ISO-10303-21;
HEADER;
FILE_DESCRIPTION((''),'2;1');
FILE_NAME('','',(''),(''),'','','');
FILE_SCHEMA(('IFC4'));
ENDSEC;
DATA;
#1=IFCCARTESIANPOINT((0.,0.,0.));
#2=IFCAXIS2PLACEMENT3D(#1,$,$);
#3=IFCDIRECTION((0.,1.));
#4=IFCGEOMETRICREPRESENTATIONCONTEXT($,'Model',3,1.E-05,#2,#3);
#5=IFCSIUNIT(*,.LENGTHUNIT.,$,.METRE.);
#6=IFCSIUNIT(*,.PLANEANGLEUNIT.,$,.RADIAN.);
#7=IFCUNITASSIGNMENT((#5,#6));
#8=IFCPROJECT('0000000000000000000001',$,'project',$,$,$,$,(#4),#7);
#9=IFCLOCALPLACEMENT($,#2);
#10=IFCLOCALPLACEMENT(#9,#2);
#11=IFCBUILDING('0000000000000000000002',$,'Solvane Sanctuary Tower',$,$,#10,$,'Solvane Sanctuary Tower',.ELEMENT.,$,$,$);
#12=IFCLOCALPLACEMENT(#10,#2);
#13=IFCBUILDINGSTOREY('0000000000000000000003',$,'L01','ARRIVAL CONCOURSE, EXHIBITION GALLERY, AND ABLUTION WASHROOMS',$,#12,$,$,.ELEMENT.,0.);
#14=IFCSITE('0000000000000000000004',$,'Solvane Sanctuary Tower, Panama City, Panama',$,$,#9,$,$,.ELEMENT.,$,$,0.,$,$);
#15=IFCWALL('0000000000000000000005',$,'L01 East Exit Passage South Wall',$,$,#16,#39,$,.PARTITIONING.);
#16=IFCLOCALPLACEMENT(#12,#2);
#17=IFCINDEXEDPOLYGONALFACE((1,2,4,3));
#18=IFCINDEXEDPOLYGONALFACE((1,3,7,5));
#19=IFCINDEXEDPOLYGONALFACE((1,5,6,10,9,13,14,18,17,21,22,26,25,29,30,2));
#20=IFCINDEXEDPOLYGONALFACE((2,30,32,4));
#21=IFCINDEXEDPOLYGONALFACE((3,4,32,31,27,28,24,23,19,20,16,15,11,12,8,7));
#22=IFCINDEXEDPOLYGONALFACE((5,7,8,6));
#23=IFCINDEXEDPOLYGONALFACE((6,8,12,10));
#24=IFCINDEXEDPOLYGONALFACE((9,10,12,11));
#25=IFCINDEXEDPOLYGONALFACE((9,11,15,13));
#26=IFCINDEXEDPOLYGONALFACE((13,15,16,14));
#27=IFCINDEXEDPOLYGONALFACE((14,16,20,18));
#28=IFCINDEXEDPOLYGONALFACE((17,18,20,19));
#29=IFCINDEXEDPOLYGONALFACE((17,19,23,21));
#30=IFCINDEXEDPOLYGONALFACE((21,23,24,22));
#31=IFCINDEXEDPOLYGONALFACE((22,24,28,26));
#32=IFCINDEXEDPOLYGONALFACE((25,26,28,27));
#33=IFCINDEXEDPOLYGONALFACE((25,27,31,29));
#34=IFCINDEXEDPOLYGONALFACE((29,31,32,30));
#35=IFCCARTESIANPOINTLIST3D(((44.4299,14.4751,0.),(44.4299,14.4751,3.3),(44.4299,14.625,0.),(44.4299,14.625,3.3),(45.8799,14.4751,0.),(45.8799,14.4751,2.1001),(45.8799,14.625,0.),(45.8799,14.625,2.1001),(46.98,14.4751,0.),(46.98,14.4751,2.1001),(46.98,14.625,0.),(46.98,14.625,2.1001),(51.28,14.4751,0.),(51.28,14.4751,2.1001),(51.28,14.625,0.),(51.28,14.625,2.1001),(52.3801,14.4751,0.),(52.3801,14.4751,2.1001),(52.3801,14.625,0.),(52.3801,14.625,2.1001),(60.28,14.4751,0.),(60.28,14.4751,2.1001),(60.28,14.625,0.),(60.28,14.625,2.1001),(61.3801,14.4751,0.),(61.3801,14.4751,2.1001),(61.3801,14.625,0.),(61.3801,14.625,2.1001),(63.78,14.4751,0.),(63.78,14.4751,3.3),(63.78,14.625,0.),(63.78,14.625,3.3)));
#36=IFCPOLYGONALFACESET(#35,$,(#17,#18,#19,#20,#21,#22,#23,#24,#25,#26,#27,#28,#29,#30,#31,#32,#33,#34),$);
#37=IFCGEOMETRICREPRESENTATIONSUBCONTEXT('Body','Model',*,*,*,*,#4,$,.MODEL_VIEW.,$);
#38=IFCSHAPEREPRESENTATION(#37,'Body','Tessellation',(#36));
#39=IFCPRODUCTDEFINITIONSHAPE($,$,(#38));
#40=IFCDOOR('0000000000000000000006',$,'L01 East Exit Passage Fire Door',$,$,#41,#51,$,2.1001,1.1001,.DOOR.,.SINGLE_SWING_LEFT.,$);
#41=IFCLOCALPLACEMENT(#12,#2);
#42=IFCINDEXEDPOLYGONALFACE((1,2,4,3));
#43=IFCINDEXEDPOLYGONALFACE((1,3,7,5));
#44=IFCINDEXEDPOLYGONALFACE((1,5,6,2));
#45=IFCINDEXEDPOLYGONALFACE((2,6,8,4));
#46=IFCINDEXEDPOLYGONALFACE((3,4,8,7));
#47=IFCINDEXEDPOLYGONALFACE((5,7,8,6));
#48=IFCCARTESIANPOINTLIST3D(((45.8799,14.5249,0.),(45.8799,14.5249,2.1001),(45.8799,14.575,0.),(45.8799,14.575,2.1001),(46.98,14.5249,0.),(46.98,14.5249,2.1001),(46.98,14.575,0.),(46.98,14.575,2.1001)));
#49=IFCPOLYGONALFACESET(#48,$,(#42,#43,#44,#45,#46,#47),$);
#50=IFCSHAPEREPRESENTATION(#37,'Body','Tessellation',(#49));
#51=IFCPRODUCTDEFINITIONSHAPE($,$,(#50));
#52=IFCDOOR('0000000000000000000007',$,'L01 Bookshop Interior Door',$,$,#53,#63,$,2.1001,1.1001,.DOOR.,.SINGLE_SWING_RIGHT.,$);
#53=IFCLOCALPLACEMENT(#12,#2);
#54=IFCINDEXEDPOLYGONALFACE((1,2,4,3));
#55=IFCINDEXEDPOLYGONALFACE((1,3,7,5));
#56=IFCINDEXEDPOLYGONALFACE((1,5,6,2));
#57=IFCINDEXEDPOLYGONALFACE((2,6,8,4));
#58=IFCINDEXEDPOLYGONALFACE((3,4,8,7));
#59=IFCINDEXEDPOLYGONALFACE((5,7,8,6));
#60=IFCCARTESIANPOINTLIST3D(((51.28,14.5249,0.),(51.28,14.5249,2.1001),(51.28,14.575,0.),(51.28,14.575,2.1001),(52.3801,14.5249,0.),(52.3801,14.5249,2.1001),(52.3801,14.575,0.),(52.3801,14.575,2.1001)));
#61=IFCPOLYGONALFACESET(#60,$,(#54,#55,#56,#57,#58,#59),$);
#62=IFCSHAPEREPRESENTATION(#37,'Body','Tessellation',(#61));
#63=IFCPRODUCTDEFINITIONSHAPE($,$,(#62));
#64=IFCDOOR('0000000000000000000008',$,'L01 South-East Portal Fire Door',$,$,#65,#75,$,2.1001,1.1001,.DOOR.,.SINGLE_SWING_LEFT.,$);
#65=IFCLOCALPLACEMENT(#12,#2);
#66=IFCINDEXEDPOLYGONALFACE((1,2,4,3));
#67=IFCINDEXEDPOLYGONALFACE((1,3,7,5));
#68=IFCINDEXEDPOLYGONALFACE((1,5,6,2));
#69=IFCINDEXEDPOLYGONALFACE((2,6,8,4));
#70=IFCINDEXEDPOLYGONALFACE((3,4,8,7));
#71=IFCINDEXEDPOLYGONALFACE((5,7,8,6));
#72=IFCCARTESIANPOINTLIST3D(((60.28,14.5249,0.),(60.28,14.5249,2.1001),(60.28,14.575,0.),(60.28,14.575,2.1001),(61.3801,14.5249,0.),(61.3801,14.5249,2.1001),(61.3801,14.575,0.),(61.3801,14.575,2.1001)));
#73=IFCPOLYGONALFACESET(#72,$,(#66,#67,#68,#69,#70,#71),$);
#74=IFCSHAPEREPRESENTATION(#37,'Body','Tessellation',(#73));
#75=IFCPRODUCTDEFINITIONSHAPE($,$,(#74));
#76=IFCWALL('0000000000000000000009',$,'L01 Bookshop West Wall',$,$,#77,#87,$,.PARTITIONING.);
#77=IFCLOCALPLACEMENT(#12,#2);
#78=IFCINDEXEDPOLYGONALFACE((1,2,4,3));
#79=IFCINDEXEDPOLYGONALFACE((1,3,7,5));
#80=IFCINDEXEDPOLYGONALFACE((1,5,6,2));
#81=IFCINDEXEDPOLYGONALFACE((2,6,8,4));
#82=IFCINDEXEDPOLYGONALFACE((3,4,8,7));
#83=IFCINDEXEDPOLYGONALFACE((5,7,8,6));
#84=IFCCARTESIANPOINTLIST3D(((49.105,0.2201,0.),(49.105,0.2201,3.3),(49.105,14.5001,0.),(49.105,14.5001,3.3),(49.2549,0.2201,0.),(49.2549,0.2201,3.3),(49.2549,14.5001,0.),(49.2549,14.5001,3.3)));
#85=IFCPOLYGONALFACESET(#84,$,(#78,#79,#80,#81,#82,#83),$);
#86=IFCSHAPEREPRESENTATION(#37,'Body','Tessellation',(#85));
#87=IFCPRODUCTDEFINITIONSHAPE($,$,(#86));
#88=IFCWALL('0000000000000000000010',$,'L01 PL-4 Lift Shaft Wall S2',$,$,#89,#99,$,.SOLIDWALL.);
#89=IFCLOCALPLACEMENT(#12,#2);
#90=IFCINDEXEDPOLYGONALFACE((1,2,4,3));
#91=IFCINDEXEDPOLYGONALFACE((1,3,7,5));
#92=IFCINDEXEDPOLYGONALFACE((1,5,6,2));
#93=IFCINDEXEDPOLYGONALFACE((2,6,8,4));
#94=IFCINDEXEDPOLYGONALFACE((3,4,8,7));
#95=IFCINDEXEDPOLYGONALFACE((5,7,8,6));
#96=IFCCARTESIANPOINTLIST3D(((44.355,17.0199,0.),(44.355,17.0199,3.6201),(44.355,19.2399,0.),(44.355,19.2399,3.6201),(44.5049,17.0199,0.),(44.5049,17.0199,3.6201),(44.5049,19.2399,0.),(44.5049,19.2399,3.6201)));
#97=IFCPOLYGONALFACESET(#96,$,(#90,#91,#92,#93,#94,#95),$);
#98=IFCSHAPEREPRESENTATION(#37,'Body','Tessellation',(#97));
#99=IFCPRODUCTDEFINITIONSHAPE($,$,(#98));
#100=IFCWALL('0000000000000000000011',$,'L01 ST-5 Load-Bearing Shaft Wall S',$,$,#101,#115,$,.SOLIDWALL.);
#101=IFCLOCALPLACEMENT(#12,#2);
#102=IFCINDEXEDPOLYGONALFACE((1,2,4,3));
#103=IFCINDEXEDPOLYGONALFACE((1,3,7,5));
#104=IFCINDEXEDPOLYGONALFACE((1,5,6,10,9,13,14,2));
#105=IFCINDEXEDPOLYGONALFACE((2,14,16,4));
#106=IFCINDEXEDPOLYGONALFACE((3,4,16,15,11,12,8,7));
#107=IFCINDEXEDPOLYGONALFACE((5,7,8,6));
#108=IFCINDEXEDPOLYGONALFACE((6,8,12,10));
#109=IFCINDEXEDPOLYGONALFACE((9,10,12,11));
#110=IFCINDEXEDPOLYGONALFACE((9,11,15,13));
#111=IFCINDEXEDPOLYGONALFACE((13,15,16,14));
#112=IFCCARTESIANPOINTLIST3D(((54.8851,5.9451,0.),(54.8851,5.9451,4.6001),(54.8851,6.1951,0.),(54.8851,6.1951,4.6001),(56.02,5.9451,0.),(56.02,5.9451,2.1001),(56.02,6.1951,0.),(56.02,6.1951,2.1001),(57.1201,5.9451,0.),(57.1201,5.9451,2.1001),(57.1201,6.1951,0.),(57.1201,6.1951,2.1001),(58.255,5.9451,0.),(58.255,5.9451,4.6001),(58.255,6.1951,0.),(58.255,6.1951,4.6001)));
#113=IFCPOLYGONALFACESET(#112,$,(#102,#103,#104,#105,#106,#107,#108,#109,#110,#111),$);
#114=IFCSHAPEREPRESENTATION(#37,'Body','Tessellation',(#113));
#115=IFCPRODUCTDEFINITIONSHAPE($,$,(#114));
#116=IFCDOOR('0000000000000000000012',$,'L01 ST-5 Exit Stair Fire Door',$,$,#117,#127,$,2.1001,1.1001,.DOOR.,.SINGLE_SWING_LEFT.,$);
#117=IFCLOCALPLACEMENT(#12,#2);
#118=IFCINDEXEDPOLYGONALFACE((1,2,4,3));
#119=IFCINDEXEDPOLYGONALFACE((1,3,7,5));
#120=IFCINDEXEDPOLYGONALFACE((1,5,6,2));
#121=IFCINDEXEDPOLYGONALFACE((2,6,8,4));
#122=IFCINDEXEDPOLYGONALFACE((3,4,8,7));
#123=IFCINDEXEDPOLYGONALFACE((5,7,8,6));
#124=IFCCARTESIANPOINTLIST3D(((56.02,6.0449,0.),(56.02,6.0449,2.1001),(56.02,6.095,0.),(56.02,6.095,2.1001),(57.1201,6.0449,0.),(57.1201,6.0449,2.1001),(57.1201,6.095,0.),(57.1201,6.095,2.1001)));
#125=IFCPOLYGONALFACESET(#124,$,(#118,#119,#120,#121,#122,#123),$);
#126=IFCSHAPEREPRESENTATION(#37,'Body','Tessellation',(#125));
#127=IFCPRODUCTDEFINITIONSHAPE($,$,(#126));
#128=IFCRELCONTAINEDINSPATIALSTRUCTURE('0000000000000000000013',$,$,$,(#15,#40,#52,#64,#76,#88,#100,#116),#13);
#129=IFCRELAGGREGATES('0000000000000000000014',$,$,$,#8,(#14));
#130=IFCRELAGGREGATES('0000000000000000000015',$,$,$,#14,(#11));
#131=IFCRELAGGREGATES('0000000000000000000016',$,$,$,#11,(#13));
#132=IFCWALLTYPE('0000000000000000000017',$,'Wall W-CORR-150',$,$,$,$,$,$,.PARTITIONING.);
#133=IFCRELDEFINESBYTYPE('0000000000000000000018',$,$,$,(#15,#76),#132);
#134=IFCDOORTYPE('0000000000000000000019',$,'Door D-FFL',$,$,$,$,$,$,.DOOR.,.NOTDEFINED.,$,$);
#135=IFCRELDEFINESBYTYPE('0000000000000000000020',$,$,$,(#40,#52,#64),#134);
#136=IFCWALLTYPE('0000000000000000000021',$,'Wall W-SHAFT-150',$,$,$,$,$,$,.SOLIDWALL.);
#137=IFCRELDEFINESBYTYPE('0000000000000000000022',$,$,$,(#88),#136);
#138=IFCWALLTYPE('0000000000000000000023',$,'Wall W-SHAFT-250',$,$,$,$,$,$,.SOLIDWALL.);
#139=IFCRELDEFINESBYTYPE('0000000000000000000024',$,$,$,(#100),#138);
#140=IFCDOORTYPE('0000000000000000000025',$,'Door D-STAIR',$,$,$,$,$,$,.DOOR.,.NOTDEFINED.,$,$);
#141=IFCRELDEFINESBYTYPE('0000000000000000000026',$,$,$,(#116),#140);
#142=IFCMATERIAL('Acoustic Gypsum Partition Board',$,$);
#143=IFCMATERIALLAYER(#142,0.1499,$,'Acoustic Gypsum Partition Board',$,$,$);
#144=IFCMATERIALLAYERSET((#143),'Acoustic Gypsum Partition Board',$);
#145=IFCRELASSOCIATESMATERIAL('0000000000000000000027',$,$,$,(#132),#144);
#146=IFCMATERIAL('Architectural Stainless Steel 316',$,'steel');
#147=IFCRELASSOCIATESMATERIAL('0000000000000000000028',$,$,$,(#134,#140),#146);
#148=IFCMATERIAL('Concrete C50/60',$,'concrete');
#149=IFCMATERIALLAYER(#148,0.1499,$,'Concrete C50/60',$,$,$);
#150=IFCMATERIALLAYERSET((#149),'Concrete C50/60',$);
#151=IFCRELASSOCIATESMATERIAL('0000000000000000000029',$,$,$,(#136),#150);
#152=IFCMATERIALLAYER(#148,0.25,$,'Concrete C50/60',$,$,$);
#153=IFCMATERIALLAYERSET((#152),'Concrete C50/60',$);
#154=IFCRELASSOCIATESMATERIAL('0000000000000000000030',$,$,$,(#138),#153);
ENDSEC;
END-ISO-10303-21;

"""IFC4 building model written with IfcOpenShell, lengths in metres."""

from ifc_helpers import new_model, si_unit, direction, frame, frame_2d, origin, place, context, subcontext, project, spatial, rectangle, extrude, material, layer, layer_set, type_object, element, fill, save


model = new_model("IFC4")

# Units and contexts
model_context = context("Model", 3, precision=1e-05, world=origin(), true_north=direction((0.0, 1.0)))
body_context = subcontext(model_context, "Body", "Model", "MODEL_VIEW")
ifc_project = project(units=[si_unit("LENGTHUNIT", "METRE"), si_unit("PLANEANGLEUNIT", "RADIAN")], contexts=[model_context])

# Site, building, storey
site_placement = place(None, origin())
site = spatial("IfcSite", under=ifc_project, at=site_placement, Name="Solvane Sanctuary Tower, Panama City, Panama", CompositionType="ELEMENT", RefElevation=0.0)
building_placement = place(site_placement, origin())
building = spatial("IfcBuilding", under=site, at=building_placement, Name="Solvane Sanctuary Tower", LongName="Solvane Sanctuary Tower", CompositionType="ELEMENT")
storey_placement = place(building_placement, origin())
storey = spatial("IfcBuildingStorey", under=building, at=storey_placement, Name="L01", Description="ARRIVAL CONCOURSE, EXHIBITION GALLERY, AND ABLUTION WASHROOMS", CompositionType="ELEMENT", Elevation=0.0)

# Shared definitions
ifc_material_1 = material(Name="Acoustic Gypsum Partition Board")
ifc_layer_1 = layer(ifc_material_1, 0.1499, Name="Acoustic Gypsum Partition Board")
ifc_layer_set_1 = layer_set([ifc_layer_1], Name="Acoustic Gypsum Partition Board")
wall_type_1 = type_object("IfcWallType", Name="Wall W-CORR-150", PredefinedType="PARTITIONING", material=ifc_layer_set_1)

# Wall, openings, doors
wall_1_placement = place(storey_placement, frame((44.4299, 14.55, 0.0), z_axis=(0.0, 0.0, 1.0), x_axis=(1.0, 0.0, 0.0)))
wall_1 = element("IfcWall", 1, at=wall_1_placement, inside=storey, type_object=wall_type_1, Name="L01 East Exit Passage South Wall", PredefinedType="PARTITIONING", context=body_context, shape_type="SweptSolid", body=[
    extrude(rectangle(XDim=19.3501, YDim=0.1499, at=frame_2d((9.675, 0.0))), origin(), (0.0, 0.0, 1.0), 3.3),
])
opening_1_placement = place(wall_1_placement, frame((1.45, 0.0, 0.0)))
opening_1 = element("IfcOpeningElement", 2, at=opening_1_placement, cuts=wall_1, PredefinedType="OPENING", context=body_context, shape_type="SweptSolid", body=[
    extrude(rectangle(XDim=1.1001, YDim=2.1001, at=frame_2d((0.55, 1.05))), frame((0.0, 0.085, 0.0), z_axis=(0.0, -1.0, 0.0), x_axis=(1.0, 0.0, 0.0)), (0.0, 0.0, 1.0), 0.1699),
])
opening_2_placement = place(wall_1_placement, frame((6.8501, 0.0, 0.0)))
opening_2 = element("IfcOpeningElement", 3, at=opening_2_placement, cuts=wall_1, PredefinedType="OPENING", context=body_context, shape_type="SweptSolid", body=[
    extrude(rectangle(XDim=1.1001, YDim=2.1001, at=frame_2d((0.55, 1.05))), frame((0.0, 0.085, 0.0), z_axis=(0.0, -1.0, 0.0), x_axis=(1.0, 0.0, 0.0)), (0.0, 0.0, 1.0), 0.1699),
])
opening_3_placement = place(wall_1_placement, frame((15.8501, 0.0, 0.0)))
opening_3 = element("IfcOpeningElement", 4, at=opening_3_placement, cuts=wall_1, PredefinedType="OPENING", context=body_context, shape_type="SweptSolid", body=[
    extrude(rectangle(XDim=1.1001, YDim=2.1001, at=frame_2d((0.55, 1.05))), frame((0.0, 0.085, 0.0), z_axis=(0.0, -1.0, 0.0), x_axis=(1.0, 0.0, 0.0)), (0.0, 0.0, 1.0), 0.1699),
])
ifc_material_2 = material(Name="Architectural Stainless Steel 316", Category="steel")
door_type_1 = type_object("IfcDoorType", Name="Door D-FFL", OperationType="NOTDEFINED", PredefinedType="DOOR", material=ifc_material_2)
door_1_placement = place(opening_1_placement, origin())
door_1 = element("IfcDoor", 5, at=door_1_placement, inside=storey, type_object=door_type_1, Name="L01 East Exit Passage Fire Door", OperationType="SINGLE_SWING_LEFT", OverallHeight=2.1001, OverallWidth=1.1001, PredefinedType="DOOR", context=body_context, shape_type="SweptSolid", body=[
    extrude(rectangle(XDim=1.1001, YDim=2.1001, at=frame_2d((0.55, 1.05))), frame((0.0, 0.0249, 0.0), z_axis=(0.0, -1.0, 0.0), x_axis=(1.0, 0.0, 0.0)), (0.0, 0.0, 1.0), 0.05),
])
fill(opening_1, door_1)
door_2_placement = place(opening_2_placement, origin())
door_2 = element("IfcDoor", 6, at=door_2_placement, inside=storey, type_object=door_type_1, Name="L01 Bookshop Interior Door", OperationType="SINGLE_SWING_RIGHT", OverallHeight=2.1001, OverallWidth=1.1001, PredefinedType="DOOR", context=body_context, shape_type="SweptSolid", body=[
    extrude(rectangle(XDim=1.1001, YDim=2.1001, at=frame_2d((0.55, 1.05))), frame((0.0, 0.0249, 0.0), z_axis=(0.0, -1.0, 0.0), x_axis=(1.0, 0.0, 0.0)), (0.0, 0.0, 1.0), 0.05),
])
fill(opening_2, door_2)
door_3_placement = place(opening_3_placement, origin())
door_3 = element("IfcDoor", 7, at=door_3_placement, inside=storey, type_object=door_type_1, Name="L01 South-East Portal Fire Door", OperationType="SINGLE_SWING_LEFT", OverallHeight=2.1001, OverallWidth=1.1001, PredefinedType="DOOR", context=body_context, shape_type="SweptSolid", body=[
    extrude(rectangle(XDim=1.1001, YDim=2.1001, at=frame_2d((0.55, 1.05))), frame((0.0, 0.0249, 0.0), z_axis=(0.0, -1.0, 0.0), x_axis=(1.0, 0.0, 0.0)), (0.0, 0.0, 1.0), 0.05),
])
fill(opening_3, door_3)

# Wall
wall_2_placement = place(storey_placement, frame((49.1799, 0.22, 0.0), z_axis=(0.0, 0.0, 1.0), x_axis=(0.0, 1.0, 0.0)))
element("IfcWall", 8, at=wall_2_placement, inside=storey, type_object=wall_type_1, Name="L01 Bookshop West Wall", PredefinedType="PARTITIONING", context=body_context, shape_type="SweptSolid", body=[
    extrude(rectangle(XDim=14.28, YDim=0.1499, at=frame_2d((7.1401, 0.0))), origin(), (0.0, 0.0, 1.0), 3.3),
])

# Wall
ifc_material_3 = material(Name="Concrete C50/60", Category="concrete")
ifc_layer_2 = layer(ifc_material_3, 0.1499, Name="Concrete C50/60")
ifc_layer_set_2 = layer_set([ifc_layer_2], Name="Concrete C50/60")
wall_type_2 = type_object("IfcWallType", Name="Wall W-SHAFT-150", PredefinedType="SOLIDWALL", material=ifc_layer_set_2)
wall_3_placement = place(storey_placement, frame((44.4299, 17.02, 0.0), z_axis=(0.0, 0.0, 1.0), x_axis=(0.0, 1.0, 0.0)))
element("IfcWall", 9, at=wall_3_placement, inside=storey, type_object=wall_type_2, Name="L01 PL-4 Lift Shaft Wall S2", PredefinedType="SOLIDWALL", context=body_context, shape_type="SweptSolid", body=[
    extrude(rectangle(XDim=2.22, YDim=0.1499, at=frame_2d((1.1099, 0.0))), origin(), (0.0, 0.0, 1.0), 3.6201),
])

# Wall, opening, door
ifc_layer_3 = layer(ifc_material_3, 0.25, Name="Concrete C50/60")
ifc_layer_set_3 = layer_set([ifc_layer_3], Name="Concrete C50/60")
wall_type_3 = type_object("IfcWallType", Name="Wall W-SHAFT-250", PredefinedType="SOLIDWALL", material=ifc_layer_set_3)
wall_4_placement = place(storey_placement, frame((54.885, 6.0701, 0.0), z_axis=(0.0, 0.0, 1.0), x_axis=(1.0, 0.0, 0.0)))
wall_4 = element("IfcWall", 10, at=wall_4_placement, inside=storey, type_object=wall_type_3, Name="L01 ST-5 Load-Bearing Shaft Wall S", PredefinedType="SOLIDWALL", context=body_context, shape_type="SweptSolid", body=[
    extrude(rectangle(XDim=3.3699, YDim=0.25, at=frame_2d((1.6851, 0.0))), origin(), (0.0, 0.0, 1.0), 4.6001),
])
opening_4_placement = place(wall_4_placement, frame((1.135, 0.0, 0.0)))
opening_4 = element("IfcOpeningElement", 11, at=opening_4_placement, cuts=wall_4, PredefinedType="OPENING", context=body_context, shape_type="SweptSolid", body=[
    extrude(rectangle(XDim=1.1001, YDim=2.1001, at=frame_2d((0.55, 1.05))), frame((0.0, 0.135, 0.0), z_axis=(0.0, -1.0, 0.0), x_axis=(1.0, 0.0, 0.0)), (0.0, 0.0, 1.0), 0.27),
])
door_type_2 = type_object("IfcDoorType", Name="Door D-STAIR", OperationType="NOTDEFINED", PredefinedType="DOOR", material=ifc_material_2)
door_4_placement = place(opening_4_placement, origin())
door_4 = element("IfcDoor", 12, at=door_4_placement, inside=storey, type_object=door_type_2, Name="L01 ST-5 Exit Stair Fire Door", OperationType="SINGLE_SWING_LEFT", OverallHeight=2.1001, OverallWidth=1.1001, PredefinedType="DOOR", context=body_context, shape_type="SweptSolid", body=[
    extrude(rectangle(XDim=1.1001, YDim=2.1001, at=frame_2d((0.55, 1.05))), frame((0.0, 0.0249, 0.0), z_axis=(0.0, -1.0, 0.0), x_axis=(1.0, 0.0, 0.0)), (0.0, 0.0, 1.0), 0.05),
])
fill(opening_4, door_4)

save(model, "model.ifc")
